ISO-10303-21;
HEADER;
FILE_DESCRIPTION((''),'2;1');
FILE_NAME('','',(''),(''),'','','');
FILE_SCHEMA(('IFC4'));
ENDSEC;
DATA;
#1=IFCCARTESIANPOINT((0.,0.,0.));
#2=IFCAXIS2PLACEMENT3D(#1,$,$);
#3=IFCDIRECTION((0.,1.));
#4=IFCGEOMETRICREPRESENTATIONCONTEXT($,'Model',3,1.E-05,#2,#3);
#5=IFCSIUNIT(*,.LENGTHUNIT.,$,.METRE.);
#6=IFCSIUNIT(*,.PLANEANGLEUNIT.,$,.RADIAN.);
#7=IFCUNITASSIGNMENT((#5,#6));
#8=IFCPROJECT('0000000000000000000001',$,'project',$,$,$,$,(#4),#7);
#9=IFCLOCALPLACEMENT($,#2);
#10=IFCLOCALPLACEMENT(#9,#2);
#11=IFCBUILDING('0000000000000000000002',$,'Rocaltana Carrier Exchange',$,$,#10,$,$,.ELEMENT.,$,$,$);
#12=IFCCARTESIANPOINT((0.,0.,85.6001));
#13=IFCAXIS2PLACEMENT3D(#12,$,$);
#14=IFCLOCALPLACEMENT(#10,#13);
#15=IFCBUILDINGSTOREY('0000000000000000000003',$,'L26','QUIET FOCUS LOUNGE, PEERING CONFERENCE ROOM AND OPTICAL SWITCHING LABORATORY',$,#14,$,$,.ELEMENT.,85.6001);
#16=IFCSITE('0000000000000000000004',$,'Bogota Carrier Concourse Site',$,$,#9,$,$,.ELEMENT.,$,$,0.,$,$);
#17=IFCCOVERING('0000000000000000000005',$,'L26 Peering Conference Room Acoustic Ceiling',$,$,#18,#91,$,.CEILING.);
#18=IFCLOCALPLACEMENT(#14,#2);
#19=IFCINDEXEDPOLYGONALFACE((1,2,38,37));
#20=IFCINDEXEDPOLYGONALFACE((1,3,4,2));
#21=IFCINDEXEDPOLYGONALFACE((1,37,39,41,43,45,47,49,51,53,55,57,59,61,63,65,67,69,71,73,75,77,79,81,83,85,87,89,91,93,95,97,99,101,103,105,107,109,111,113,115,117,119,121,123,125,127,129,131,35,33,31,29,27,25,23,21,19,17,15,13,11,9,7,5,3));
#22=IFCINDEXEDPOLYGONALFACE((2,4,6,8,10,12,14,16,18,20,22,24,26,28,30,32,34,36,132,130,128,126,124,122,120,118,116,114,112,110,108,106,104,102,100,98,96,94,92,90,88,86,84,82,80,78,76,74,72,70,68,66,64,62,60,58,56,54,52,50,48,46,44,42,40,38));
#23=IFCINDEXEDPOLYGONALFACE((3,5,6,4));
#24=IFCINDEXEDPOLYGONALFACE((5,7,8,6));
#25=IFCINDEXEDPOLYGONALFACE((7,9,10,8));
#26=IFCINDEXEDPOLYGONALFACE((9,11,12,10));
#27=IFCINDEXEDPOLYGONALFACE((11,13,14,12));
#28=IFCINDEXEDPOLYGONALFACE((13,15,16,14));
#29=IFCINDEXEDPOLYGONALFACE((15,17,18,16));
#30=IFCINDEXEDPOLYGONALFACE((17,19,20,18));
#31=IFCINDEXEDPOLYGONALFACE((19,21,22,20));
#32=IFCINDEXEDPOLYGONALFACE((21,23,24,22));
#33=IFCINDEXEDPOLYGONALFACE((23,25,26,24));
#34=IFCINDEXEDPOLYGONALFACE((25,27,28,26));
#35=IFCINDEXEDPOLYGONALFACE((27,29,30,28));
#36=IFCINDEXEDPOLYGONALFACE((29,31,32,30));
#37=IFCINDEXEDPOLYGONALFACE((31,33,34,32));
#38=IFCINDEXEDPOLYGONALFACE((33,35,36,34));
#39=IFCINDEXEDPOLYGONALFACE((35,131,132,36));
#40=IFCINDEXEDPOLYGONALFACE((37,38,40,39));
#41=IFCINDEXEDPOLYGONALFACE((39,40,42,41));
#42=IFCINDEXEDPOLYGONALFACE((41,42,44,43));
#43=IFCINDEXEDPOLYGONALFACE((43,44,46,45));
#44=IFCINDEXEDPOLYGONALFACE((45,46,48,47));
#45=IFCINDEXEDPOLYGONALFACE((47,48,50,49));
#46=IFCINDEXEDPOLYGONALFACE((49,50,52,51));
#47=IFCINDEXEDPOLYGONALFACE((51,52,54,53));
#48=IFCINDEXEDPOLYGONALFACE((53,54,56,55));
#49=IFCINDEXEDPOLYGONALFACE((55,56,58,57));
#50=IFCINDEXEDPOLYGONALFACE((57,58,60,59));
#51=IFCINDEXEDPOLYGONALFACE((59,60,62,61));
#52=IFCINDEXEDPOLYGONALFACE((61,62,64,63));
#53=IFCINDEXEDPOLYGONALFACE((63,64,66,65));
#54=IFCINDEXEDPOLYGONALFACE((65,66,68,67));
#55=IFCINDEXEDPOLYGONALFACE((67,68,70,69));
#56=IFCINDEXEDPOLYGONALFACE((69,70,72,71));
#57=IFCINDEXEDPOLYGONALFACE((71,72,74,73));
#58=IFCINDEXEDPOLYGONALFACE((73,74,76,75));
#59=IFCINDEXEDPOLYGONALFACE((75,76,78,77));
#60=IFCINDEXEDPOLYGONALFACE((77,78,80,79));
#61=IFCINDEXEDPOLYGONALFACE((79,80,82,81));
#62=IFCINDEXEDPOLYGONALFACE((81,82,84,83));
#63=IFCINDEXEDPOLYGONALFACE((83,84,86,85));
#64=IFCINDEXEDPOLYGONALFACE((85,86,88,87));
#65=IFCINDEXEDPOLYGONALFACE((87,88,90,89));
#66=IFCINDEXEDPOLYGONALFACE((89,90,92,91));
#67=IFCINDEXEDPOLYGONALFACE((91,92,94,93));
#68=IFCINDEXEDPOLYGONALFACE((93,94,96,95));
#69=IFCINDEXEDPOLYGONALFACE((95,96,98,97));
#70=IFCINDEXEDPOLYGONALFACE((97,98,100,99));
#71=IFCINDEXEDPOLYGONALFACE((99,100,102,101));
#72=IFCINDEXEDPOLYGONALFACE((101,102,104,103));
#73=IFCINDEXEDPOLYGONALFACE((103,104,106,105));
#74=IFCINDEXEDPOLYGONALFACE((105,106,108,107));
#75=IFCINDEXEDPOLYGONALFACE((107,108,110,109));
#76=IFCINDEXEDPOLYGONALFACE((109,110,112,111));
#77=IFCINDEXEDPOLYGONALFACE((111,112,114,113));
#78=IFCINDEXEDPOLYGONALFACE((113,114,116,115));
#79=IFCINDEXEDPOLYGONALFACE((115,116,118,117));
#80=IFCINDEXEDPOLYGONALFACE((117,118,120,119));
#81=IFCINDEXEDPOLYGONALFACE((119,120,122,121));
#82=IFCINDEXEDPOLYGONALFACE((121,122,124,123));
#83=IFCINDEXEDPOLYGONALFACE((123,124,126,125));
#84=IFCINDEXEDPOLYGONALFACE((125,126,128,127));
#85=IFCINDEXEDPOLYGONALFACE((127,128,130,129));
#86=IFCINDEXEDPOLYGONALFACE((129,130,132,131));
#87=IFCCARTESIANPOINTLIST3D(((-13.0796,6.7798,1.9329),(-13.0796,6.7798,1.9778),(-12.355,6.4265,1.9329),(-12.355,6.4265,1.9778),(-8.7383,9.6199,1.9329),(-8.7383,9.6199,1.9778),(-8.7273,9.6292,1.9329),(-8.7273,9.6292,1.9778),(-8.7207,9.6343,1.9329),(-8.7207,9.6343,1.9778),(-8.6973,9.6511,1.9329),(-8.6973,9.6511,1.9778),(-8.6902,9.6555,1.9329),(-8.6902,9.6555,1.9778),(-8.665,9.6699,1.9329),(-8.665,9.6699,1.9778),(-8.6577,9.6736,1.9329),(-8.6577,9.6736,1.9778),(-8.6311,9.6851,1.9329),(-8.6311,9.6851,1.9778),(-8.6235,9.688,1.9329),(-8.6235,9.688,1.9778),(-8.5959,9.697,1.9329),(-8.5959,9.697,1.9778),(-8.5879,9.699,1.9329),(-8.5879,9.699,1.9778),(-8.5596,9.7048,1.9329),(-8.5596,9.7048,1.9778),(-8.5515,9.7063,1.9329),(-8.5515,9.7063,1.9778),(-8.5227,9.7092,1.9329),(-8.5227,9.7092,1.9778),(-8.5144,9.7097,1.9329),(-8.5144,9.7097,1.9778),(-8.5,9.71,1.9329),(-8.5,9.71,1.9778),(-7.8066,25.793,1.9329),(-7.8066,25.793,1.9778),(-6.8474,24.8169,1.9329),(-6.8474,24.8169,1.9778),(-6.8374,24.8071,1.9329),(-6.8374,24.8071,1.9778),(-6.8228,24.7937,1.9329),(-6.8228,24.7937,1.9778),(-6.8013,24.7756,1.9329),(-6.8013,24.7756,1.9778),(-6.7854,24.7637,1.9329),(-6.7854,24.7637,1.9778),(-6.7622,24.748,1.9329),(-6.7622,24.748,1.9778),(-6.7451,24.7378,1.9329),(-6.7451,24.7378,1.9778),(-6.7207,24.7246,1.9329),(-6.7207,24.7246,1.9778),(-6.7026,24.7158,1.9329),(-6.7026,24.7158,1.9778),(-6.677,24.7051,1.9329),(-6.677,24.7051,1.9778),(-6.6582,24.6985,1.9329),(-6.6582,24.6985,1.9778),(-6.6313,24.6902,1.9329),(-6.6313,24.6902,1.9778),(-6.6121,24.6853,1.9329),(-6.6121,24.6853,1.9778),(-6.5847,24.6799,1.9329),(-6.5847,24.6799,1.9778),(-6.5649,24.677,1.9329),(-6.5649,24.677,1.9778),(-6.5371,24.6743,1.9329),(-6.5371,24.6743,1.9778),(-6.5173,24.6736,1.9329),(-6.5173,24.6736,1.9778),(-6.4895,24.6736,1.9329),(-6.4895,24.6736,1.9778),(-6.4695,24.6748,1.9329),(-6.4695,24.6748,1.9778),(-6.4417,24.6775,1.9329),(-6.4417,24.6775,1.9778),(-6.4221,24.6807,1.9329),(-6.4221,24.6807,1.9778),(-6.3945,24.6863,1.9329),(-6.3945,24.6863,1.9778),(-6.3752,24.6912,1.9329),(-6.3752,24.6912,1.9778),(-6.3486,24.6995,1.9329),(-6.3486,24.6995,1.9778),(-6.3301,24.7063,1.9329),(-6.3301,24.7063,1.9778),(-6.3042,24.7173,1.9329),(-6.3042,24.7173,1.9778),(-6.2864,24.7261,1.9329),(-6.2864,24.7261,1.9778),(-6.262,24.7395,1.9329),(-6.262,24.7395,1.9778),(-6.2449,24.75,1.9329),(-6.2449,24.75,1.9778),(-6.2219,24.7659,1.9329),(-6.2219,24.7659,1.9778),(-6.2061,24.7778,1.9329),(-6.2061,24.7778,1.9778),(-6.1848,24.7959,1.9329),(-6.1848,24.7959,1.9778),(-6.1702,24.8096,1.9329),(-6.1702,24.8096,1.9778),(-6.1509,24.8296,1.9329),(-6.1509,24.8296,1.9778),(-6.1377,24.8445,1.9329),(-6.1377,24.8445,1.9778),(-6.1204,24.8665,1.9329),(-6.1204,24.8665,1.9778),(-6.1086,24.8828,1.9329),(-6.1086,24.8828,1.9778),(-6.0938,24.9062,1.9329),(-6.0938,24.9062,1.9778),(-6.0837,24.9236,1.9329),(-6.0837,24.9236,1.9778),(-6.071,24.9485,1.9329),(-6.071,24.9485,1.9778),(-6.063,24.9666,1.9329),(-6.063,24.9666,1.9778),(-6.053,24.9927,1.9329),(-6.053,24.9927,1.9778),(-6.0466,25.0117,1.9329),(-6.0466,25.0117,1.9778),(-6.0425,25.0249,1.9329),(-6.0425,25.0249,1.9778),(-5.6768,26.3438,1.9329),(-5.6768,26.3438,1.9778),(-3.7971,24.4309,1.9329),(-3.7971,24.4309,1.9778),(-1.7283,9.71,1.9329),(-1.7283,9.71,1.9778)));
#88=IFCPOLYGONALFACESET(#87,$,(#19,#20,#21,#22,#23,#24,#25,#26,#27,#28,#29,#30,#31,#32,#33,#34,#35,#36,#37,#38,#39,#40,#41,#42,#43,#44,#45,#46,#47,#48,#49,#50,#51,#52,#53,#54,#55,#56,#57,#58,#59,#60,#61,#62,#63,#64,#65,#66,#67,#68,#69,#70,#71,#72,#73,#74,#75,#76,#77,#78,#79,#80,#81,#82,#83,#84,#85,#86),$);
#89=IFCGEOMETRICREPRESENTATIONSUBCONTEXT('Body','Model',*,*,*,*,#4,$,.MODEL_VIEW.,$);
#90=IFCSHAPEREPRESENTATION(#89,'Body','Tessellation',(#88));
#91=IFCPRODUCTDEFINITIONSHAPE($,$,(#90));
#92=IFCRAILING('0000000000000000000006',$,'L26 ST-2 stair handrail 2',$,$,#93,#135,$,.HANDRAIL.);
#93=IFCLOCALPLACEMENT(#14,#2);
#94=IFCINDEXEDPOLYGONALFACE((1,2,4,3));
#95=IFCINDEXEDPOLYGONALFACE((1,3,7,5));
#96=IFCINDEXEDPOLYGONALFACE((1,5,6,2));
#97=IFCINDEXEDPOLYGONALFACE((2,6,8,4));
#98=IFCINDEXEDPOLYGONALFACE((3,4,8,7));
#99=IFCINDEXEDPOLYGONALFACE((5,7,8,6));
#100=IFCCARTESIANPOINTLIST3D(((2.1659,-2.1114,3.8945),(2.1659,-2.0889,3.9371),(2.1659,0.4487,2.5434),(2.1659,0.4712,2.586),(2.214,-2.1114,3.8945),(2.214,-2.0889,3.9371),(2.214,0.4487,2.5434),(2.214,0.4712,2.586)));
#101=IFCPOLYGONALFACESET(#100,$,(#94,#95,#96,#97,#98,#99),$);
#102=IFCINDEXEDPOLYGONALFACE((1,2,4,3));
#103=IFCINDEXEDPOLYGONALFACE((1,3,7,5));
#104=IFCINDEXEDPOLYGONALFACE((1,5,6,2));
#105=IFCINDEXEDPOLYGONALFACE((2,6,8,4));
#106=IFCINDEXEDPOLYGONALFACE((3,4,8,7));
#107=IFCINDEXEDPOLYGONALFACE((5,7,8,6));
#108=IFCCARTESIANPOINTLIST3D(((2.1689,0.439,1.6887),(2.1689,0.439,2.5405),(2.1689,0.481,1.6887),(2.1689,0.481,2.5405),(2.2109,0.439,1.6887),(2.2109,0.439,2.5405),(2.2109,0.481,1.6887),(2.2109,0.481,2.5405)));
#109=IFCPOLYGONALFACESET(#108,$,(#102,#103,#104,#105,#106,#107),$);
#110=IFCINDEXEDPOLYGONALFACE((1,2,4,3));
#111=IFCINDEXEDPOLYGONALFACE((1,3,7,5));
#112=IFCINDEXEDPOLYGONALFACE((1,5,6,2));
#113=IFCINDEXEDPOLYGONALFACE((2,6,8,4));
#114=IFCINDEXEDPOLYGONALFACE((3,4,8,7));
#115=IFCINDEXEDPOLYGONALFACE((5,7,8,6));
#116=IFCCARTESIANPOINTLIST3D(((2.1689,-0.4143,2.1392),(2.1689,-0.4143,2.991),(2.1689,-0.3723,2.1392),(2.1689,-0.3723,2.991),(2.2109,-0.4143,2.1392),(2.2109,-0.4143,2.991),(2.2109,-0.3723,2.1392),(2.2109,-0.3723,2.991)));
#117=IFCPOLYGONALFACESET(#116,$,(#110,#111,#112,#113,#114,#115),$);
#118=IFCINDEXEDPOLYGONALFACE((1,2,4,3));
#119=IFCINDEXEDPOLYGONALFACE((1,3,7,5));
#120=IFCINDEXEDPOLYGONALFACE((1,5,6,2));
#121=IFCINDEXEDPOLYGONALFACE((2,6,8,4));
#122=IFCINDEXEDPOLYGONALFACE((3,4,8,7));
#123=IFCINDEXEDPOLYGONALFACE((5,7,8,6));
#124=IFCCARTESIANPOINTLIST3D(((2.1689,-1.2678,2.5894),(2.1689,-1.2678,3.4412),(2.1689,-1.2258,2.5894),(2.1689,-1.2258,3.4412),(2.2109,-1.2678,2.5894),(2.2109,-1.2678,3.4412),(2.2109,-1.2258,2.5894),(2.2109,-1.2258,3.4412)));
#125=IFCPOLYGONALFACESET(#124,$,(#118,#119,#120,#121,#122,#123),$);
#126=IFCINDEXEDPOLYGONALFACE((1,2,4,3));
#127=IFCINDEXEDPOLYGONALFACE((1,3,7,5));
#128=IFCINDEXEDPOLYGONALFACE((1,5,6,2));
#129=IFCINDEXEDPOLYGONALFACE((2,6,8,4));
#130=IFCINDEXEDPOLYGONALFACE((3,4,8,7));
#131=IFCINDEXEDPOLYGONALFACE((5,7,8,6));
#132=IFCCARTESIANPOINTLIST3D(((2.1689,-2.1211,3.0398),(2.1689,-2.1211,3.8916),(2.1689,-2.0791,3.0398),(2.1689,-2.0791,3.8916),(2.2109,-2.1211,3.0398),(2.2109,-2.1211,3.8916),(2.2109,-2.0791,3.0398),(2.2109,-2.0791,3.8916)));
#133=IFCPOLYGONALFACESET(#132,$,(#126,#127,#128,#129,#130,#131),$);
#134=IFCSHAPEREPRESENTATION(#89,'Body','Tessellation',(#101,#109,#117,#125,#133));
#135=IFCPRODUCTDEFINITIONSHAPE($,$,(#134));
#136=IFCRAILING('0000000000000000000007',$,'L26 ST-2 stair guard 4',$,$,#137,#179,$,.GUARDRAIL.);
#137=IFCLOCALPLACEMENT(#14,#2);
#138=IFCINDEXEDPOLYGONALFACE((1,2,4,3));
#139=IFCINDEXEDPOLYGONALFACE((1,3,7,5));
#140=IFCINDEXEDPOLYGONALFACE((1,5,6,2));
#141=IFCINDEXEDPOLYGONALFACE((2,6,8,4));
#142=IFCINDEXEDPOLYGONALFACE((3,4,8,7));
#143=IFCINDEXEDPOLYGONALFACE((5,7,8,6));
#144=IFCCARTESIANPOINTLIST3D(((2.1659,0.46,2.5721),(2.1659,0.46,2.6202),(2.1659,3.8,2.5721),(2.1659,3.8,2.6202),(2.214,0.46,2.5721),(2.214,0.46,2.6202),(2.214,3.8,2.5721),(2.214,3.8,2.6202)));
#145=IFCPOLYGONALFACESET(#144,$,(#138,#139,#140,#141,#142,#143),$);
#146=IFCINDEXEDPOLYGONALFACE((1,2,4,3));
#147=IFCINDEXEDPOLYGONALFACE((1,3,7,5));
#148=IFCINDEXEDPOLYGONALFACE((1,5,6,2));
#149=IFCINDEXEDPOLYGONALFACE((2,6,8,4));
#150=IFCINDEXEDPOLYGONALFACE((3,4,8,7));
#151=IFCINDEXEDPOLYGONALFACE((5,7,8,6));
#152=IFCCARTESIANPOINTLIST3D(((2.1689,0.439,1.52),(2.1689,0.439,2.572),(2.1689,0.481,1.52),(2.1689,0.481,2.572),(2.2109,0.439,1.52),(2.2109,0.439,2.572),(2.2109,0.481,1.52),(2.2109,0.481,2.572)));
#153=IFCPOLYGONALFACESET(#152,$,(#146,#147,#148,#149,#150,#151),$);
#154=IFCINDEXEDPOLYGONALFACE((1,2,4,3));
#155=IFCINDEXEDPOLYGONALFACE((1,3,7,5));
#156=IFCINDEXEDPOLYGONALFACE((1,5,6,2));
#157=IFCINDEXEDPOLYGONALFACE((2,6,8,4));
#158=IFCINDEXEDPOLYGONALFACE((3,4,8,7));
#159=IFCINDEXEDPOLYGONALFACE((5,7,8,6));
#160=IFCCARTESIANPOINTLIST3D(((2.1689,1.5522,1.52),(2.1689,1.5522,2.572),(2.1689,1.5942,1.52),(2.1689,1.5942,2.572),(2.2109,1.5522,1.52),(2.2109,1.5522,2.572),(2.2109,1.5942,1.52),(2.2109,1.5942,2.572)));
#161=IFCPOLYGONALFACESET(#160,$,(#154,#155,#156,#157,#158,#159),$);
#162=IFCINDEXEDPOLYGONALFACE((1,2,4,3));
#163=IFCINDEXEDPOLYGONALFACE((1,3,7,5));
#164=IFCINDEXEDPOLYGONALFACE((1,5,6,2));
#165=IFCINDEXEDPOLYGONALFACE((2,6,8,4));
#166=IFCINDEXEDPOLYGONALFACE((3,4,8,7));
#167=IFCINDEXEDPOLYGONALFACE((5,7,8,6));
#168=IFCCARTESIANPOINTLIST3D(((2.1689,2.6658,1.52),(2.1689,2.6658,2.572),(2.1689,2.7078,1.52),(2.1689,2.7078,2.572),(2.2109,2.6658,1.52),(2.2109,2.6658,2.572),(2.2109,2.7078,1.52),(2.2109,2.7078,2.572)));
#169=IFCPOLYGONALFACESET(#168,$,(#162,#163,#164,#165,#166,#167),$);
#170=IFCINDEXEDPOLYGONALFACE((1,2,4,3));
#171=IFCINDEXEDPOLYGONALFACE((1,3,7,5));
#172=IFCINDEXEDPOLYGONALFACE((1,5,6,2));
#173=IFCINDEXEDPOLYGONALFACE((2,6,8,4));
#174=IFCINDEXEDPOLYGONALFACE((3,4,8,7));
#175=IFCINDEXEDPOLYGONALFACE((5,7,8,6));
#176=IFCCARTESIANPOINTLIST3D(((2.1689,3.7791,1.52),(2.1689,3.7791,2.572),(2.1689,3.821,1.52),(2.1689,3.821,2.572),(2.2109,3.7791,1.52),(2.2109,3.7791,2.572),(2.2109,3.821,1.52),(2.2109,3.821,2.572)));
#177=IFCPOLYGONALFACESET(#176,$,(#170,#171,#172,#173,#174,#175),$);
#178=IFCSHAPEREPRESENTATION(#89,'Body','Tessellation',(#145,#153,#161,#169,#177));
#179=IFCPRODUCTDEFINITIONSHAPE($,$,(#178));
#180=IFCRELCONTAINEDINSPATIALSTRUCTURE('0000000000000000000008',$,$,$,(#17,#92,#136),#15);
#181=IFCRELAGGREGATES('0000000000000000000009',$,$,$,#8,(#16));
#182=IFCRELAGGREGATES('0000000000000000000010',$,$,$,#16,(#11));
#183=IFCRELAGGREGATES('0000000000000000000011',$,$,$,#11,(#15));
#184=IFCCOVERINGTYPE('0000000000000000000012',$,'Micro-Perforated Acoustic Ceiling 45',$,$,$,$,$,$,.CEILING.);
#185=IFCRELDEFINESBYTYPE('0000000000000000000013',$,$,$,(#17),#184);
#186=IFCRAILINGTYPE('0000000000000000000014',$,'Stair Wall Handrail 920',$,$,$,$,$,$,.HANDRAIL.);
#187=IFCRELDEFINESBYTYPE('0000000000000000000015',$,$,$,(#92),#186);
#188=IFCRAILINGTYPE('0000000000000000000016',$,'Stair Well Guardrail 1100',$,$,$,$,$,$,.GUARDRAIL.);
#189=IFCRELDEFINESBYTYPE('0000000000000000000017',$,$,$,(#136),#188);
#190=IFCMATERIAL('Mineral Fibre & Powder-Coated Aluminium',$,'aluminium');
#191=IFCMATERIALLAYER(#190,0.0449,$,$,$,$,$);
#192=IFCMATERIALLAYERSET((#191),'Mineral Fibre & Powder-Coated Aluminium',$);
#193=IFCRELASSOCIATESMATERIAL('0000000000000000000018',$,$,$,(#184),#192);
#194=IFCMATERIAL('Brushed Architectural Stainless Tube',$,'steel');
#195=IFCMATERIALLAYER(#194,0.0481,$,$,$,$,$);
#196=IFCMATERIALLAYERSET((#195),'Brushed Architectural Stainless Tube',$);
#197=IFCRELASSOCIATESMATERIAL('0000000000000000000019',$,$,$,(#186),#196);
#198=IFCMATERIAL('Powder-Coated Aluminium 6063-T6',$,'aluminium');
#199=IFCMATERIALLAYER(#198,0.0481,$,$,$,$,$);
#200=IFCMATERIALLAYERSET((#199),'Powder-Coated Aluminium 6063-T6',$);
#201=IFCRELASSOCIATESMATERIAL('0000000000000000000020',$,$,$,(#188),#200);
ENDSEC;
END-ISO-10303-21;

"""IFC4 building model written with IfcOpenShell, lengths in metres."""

from ifc_helpers import new_model, si_unit, direction, frame, origin, origin_2d, place, context, subcontext, project, spatial, polyline, rectangle, outline, extrude, material, layer, layer_set, type_object, element, save


model = new_model("IFC4")

# Units and contexts
model_context = context("Model", 3, precision=1e-05, world=origin(), true_north=direction((0.0, 1.0)))
body_context = subcontext(model_context, "Body", "Model", "MODEL_VIEW")
ifc_project = project(units=[si_unit("LENGTHUNIT", "METRE"), si_unit("PLANEANGLEUNIT", "RADIAN")], contexts=[model_context])

# Site, building, storey
site_placement = place(None, origin())
site = spatial("IfcSite", under=ifc_project, at=site_placement, Name="Bogota Carrier Concourse Site", CompositionType="ELEMENT", RefElevation=0.0)
building_placement = place(site_placement, origin())
building = spatial("IfcBuilding", under=site, at=building_placement, Name="Rocaltana Carrier Exchange", CompositionType="ELEMENT")
storey_placement = place(building_placement, frame((0.0, 0.0, 85.6001)))
storey = spatial("IfcBuildingStorey", under=building, at=storey_placement, Name="L26", Description="QUIET FOCUS LOUNGE, PEERING CONFERENCE ROOM AND OPTICAL SWITCHING LABORATORY", CompositionType="ELEMENT", Elevation=85.6001)

# Covering
ifc_material_1 = material(Name="Mineral Fibre & Powder-Coated Aluminium", Category="aluminium")
ifc_layer_1 = layer(ifc_material_1, 0.0449)
ifc_layer_set_1 = layer_set([ifc_layer_1], Name="Mineral Fibre & Powder-Coated Aluminium")
covering_type_1 = type_object("IfcCoveringType", Name="Micro-Perforated Acoustic Ceiling 45", PredefinedType="CEILING", material=ifc_layer_set_1)
covering_1_placement = place(storey_placement, frame((0.0, 0.0, 1.9329)))
element("IfcCovering", 1, at=covering_1_placement, inside=storey, type_object=covering_type_1, Name="L26 Peering Conference Room Acoustic Ceiling", PredefinedType="CEILING", context=body_context, shape_type="SweptSolid", body=[
    extrude(outline(polyline([(-7.8066, 25.793), (-6.8474, 24.8169), (-6.8374, 24.8071), (-6.8228, 24.7937), (-6.8013, 24.7756), (-6.7854, 24.7637), (-6.7622, 24.748), (-6.7451, 24.7378), (-6.7207, 24.7246), (-6.7026, 24.7158), (-6.677, 24.7051), (-6.6582, 24.6985), (-6.6313, 24.6902), (-6.6121, 24.6853), (-6.5847, 24.6799), (-6.5649, 24.677), (-6.5371, 24.6743), (-6.5173, 24.6736), (-6.4895, 24.6736), (-6.4695, 24.6748), (-6.4417, 24.6775), (-6.4221, 24.6807), (-6.3945, 24.6863), (-6.3752, 24.6912), (-6.3486, 24.6995), (-6.3301, 24.7063), (-6.3042, 24.7173), (-6.2864, 24.7261), (-6.262, 24.7395), (-6.2449, 24.75), (-6.2219, 24.7659), (-6.2061, 24.7778), (-6.1848, 24.7959), (-6.1702, 24.8096), (-6.1509, 24.8296), (-6.1377, 24.8445), (-6.1204, 24.8665), (-6.1086, 24.8828), (-6.0938, 24.9062), (-6.0837, 24.9236), (-6.071, 24.9485), (-6.063, 24.9666), (-6.053, 24.9927), (-6.0466, 25.0117), (-6.0425, 25.0249), (-5.6768, 26.3438), (-3.7971, 24.4309), (-1.7283, 9.71), (-8.5, 9.71), (-8.5144, 9.7097), (-8.5227, 9.7092), (-8.5515, 9.7063), (-8.5596, 9.7048), (-8.5879, 9.699), (-8.5959, 9.697), (-8.6235, 9.688), (-8.6311, 9.6851), (-8.6577, 9.6736), (-8.665, 9.6699), (-8.6902, 9.6555), (-8.6973, 9.6511), (-8.7207, 9.6343), (-8.7273, 9.6292), (-8.7383, 9.6199), (-12.355, 6.4265), (-13.0796, 6.7798), (-7.8066, 25.793)])), origin(), (0.0, 0.0, 1.0), 0.0449),
])

# Railings
ifc_material_2 = material(Name="Brushed Architectural Stainless Tube", Category="steel")
ifc_layer_2 = layer(ifc_material_2, 0.0481)
ifc_layer_set_2 = layer_set([ifc_layer_2], Name="Brushed Architectural Stainless Tube")
railing_type_1 = type_object("IfcRailingType", Name="Stair Wall Handrail 920", PredefinedType="HANDRAIL", material=ifc_layer_set_2)
railing_1_placement = place(storey_placement, frame((2.1899, 0.46, 1.6887)))
element("IfcRailing", 2, at=railing_1_placement, inside=storey, type_object=railing_type_1, Name="L26 ST-2 stair handrail 2", PredefinedType="HANDRAIL", context=body_context, shape_type="SweptSolid", body=[
    extrude(rectangle(XDim=0.0481, YDim=0.0481, at=origin_2d()), frame((0.0, 0.0, 0.876), z_axis=(0.0, -0.884394, 0.46674), x_axis=(1.0, 0.0, 0.0)), (0.0, 0.0, 1.0), 2.8948),
    extrude(rectangle(XDim=0.042, YDim=0.042, at=origin_2d()), origin(), (0.0, 0.0, 1.0), 0.8518),
    extrude(rectangle(XDim=0.042, YDim=0.042, at=origin_2d()), frame((0.0, -0.8533, 0.4504)), (0.0, 0.0, 1.0), 0.8518),
    extrude(rectangle(XDim=0.042, YDim=0.042, at=origin_2d()), frame((0.0, -1.7068, 0.9006)), (0.0, 0.0, 1.0), 0.8518),
    extrude(rectangle(XDim=0.042, YDim=0.042, at=origin_2d()), frame((0.0, -2.5601, 1.3511)), (0.0, 0.0, 1.0), 0.8518),
])
ifc_material_3 = material(Name="Powder-Coated Aluminium 6063-T6", Category="aluminium")
ifc_layer_3 = layer(ifc_material_3, 0.0481)
ifc_layer_set_3 = layer_set([ifc_layer_3], Name="Powder-Coated Aluminium 6063-T6")
railing_type_2 = type_object("IfcRailingType", Name="Stair Well Guardrail 1100", PredefinedType="GUARDRAIL", material=ifc_layer_set_3)
railing_2_placement = place(storey_placement, frame((2.1899, 0.46, 1.52)))
element("IfcRailing", 3, at=railing_2_placement, inside=storey, type_object=railing_type_2, Name="L26 ST-2 stair guard 4", PredefinedType="GUARDRAIL", context=body_context, shape_type="SweptSolid", body=[
    extrude(rectangle(XDim=0.0481, YDim=0.0481, at=origin_2d()), frame((0.0, 0.0, 1.0762), z_axis=(0.0, 1.0, 0.0), x_axis=(-1.0, 0.0, 0.0)), (0.0, 0.0, 1.0), 3.3401),
    extrude(rectangle(XDim=0.042, YDim=0.042, at=origin_2d()), origin(), (0.0, 0.0, 1.0), 1.052),
    extrude(rectangle(XDim=0.042, YDim=0.042, at=origin_2d()), frame((0.0, 1.1133, 0.0)), (0.0, 0.0, 1.0), 1.052),
    extrude(rectangle(XDim=0.042, YDim=0.042, at=origin_2d()), frame((0.0, 2.2268, 0.0)), (0.0, 0.0, 1.0), 1.052),
    extrude(rectangle(XDim=0.042, YDim=0.042, at=origin_2d()), frame((0.0, 3.3401, 0.0)), (0.0, 0.0, 1.0), 1.052),
])

save(model, "model.ifc")
